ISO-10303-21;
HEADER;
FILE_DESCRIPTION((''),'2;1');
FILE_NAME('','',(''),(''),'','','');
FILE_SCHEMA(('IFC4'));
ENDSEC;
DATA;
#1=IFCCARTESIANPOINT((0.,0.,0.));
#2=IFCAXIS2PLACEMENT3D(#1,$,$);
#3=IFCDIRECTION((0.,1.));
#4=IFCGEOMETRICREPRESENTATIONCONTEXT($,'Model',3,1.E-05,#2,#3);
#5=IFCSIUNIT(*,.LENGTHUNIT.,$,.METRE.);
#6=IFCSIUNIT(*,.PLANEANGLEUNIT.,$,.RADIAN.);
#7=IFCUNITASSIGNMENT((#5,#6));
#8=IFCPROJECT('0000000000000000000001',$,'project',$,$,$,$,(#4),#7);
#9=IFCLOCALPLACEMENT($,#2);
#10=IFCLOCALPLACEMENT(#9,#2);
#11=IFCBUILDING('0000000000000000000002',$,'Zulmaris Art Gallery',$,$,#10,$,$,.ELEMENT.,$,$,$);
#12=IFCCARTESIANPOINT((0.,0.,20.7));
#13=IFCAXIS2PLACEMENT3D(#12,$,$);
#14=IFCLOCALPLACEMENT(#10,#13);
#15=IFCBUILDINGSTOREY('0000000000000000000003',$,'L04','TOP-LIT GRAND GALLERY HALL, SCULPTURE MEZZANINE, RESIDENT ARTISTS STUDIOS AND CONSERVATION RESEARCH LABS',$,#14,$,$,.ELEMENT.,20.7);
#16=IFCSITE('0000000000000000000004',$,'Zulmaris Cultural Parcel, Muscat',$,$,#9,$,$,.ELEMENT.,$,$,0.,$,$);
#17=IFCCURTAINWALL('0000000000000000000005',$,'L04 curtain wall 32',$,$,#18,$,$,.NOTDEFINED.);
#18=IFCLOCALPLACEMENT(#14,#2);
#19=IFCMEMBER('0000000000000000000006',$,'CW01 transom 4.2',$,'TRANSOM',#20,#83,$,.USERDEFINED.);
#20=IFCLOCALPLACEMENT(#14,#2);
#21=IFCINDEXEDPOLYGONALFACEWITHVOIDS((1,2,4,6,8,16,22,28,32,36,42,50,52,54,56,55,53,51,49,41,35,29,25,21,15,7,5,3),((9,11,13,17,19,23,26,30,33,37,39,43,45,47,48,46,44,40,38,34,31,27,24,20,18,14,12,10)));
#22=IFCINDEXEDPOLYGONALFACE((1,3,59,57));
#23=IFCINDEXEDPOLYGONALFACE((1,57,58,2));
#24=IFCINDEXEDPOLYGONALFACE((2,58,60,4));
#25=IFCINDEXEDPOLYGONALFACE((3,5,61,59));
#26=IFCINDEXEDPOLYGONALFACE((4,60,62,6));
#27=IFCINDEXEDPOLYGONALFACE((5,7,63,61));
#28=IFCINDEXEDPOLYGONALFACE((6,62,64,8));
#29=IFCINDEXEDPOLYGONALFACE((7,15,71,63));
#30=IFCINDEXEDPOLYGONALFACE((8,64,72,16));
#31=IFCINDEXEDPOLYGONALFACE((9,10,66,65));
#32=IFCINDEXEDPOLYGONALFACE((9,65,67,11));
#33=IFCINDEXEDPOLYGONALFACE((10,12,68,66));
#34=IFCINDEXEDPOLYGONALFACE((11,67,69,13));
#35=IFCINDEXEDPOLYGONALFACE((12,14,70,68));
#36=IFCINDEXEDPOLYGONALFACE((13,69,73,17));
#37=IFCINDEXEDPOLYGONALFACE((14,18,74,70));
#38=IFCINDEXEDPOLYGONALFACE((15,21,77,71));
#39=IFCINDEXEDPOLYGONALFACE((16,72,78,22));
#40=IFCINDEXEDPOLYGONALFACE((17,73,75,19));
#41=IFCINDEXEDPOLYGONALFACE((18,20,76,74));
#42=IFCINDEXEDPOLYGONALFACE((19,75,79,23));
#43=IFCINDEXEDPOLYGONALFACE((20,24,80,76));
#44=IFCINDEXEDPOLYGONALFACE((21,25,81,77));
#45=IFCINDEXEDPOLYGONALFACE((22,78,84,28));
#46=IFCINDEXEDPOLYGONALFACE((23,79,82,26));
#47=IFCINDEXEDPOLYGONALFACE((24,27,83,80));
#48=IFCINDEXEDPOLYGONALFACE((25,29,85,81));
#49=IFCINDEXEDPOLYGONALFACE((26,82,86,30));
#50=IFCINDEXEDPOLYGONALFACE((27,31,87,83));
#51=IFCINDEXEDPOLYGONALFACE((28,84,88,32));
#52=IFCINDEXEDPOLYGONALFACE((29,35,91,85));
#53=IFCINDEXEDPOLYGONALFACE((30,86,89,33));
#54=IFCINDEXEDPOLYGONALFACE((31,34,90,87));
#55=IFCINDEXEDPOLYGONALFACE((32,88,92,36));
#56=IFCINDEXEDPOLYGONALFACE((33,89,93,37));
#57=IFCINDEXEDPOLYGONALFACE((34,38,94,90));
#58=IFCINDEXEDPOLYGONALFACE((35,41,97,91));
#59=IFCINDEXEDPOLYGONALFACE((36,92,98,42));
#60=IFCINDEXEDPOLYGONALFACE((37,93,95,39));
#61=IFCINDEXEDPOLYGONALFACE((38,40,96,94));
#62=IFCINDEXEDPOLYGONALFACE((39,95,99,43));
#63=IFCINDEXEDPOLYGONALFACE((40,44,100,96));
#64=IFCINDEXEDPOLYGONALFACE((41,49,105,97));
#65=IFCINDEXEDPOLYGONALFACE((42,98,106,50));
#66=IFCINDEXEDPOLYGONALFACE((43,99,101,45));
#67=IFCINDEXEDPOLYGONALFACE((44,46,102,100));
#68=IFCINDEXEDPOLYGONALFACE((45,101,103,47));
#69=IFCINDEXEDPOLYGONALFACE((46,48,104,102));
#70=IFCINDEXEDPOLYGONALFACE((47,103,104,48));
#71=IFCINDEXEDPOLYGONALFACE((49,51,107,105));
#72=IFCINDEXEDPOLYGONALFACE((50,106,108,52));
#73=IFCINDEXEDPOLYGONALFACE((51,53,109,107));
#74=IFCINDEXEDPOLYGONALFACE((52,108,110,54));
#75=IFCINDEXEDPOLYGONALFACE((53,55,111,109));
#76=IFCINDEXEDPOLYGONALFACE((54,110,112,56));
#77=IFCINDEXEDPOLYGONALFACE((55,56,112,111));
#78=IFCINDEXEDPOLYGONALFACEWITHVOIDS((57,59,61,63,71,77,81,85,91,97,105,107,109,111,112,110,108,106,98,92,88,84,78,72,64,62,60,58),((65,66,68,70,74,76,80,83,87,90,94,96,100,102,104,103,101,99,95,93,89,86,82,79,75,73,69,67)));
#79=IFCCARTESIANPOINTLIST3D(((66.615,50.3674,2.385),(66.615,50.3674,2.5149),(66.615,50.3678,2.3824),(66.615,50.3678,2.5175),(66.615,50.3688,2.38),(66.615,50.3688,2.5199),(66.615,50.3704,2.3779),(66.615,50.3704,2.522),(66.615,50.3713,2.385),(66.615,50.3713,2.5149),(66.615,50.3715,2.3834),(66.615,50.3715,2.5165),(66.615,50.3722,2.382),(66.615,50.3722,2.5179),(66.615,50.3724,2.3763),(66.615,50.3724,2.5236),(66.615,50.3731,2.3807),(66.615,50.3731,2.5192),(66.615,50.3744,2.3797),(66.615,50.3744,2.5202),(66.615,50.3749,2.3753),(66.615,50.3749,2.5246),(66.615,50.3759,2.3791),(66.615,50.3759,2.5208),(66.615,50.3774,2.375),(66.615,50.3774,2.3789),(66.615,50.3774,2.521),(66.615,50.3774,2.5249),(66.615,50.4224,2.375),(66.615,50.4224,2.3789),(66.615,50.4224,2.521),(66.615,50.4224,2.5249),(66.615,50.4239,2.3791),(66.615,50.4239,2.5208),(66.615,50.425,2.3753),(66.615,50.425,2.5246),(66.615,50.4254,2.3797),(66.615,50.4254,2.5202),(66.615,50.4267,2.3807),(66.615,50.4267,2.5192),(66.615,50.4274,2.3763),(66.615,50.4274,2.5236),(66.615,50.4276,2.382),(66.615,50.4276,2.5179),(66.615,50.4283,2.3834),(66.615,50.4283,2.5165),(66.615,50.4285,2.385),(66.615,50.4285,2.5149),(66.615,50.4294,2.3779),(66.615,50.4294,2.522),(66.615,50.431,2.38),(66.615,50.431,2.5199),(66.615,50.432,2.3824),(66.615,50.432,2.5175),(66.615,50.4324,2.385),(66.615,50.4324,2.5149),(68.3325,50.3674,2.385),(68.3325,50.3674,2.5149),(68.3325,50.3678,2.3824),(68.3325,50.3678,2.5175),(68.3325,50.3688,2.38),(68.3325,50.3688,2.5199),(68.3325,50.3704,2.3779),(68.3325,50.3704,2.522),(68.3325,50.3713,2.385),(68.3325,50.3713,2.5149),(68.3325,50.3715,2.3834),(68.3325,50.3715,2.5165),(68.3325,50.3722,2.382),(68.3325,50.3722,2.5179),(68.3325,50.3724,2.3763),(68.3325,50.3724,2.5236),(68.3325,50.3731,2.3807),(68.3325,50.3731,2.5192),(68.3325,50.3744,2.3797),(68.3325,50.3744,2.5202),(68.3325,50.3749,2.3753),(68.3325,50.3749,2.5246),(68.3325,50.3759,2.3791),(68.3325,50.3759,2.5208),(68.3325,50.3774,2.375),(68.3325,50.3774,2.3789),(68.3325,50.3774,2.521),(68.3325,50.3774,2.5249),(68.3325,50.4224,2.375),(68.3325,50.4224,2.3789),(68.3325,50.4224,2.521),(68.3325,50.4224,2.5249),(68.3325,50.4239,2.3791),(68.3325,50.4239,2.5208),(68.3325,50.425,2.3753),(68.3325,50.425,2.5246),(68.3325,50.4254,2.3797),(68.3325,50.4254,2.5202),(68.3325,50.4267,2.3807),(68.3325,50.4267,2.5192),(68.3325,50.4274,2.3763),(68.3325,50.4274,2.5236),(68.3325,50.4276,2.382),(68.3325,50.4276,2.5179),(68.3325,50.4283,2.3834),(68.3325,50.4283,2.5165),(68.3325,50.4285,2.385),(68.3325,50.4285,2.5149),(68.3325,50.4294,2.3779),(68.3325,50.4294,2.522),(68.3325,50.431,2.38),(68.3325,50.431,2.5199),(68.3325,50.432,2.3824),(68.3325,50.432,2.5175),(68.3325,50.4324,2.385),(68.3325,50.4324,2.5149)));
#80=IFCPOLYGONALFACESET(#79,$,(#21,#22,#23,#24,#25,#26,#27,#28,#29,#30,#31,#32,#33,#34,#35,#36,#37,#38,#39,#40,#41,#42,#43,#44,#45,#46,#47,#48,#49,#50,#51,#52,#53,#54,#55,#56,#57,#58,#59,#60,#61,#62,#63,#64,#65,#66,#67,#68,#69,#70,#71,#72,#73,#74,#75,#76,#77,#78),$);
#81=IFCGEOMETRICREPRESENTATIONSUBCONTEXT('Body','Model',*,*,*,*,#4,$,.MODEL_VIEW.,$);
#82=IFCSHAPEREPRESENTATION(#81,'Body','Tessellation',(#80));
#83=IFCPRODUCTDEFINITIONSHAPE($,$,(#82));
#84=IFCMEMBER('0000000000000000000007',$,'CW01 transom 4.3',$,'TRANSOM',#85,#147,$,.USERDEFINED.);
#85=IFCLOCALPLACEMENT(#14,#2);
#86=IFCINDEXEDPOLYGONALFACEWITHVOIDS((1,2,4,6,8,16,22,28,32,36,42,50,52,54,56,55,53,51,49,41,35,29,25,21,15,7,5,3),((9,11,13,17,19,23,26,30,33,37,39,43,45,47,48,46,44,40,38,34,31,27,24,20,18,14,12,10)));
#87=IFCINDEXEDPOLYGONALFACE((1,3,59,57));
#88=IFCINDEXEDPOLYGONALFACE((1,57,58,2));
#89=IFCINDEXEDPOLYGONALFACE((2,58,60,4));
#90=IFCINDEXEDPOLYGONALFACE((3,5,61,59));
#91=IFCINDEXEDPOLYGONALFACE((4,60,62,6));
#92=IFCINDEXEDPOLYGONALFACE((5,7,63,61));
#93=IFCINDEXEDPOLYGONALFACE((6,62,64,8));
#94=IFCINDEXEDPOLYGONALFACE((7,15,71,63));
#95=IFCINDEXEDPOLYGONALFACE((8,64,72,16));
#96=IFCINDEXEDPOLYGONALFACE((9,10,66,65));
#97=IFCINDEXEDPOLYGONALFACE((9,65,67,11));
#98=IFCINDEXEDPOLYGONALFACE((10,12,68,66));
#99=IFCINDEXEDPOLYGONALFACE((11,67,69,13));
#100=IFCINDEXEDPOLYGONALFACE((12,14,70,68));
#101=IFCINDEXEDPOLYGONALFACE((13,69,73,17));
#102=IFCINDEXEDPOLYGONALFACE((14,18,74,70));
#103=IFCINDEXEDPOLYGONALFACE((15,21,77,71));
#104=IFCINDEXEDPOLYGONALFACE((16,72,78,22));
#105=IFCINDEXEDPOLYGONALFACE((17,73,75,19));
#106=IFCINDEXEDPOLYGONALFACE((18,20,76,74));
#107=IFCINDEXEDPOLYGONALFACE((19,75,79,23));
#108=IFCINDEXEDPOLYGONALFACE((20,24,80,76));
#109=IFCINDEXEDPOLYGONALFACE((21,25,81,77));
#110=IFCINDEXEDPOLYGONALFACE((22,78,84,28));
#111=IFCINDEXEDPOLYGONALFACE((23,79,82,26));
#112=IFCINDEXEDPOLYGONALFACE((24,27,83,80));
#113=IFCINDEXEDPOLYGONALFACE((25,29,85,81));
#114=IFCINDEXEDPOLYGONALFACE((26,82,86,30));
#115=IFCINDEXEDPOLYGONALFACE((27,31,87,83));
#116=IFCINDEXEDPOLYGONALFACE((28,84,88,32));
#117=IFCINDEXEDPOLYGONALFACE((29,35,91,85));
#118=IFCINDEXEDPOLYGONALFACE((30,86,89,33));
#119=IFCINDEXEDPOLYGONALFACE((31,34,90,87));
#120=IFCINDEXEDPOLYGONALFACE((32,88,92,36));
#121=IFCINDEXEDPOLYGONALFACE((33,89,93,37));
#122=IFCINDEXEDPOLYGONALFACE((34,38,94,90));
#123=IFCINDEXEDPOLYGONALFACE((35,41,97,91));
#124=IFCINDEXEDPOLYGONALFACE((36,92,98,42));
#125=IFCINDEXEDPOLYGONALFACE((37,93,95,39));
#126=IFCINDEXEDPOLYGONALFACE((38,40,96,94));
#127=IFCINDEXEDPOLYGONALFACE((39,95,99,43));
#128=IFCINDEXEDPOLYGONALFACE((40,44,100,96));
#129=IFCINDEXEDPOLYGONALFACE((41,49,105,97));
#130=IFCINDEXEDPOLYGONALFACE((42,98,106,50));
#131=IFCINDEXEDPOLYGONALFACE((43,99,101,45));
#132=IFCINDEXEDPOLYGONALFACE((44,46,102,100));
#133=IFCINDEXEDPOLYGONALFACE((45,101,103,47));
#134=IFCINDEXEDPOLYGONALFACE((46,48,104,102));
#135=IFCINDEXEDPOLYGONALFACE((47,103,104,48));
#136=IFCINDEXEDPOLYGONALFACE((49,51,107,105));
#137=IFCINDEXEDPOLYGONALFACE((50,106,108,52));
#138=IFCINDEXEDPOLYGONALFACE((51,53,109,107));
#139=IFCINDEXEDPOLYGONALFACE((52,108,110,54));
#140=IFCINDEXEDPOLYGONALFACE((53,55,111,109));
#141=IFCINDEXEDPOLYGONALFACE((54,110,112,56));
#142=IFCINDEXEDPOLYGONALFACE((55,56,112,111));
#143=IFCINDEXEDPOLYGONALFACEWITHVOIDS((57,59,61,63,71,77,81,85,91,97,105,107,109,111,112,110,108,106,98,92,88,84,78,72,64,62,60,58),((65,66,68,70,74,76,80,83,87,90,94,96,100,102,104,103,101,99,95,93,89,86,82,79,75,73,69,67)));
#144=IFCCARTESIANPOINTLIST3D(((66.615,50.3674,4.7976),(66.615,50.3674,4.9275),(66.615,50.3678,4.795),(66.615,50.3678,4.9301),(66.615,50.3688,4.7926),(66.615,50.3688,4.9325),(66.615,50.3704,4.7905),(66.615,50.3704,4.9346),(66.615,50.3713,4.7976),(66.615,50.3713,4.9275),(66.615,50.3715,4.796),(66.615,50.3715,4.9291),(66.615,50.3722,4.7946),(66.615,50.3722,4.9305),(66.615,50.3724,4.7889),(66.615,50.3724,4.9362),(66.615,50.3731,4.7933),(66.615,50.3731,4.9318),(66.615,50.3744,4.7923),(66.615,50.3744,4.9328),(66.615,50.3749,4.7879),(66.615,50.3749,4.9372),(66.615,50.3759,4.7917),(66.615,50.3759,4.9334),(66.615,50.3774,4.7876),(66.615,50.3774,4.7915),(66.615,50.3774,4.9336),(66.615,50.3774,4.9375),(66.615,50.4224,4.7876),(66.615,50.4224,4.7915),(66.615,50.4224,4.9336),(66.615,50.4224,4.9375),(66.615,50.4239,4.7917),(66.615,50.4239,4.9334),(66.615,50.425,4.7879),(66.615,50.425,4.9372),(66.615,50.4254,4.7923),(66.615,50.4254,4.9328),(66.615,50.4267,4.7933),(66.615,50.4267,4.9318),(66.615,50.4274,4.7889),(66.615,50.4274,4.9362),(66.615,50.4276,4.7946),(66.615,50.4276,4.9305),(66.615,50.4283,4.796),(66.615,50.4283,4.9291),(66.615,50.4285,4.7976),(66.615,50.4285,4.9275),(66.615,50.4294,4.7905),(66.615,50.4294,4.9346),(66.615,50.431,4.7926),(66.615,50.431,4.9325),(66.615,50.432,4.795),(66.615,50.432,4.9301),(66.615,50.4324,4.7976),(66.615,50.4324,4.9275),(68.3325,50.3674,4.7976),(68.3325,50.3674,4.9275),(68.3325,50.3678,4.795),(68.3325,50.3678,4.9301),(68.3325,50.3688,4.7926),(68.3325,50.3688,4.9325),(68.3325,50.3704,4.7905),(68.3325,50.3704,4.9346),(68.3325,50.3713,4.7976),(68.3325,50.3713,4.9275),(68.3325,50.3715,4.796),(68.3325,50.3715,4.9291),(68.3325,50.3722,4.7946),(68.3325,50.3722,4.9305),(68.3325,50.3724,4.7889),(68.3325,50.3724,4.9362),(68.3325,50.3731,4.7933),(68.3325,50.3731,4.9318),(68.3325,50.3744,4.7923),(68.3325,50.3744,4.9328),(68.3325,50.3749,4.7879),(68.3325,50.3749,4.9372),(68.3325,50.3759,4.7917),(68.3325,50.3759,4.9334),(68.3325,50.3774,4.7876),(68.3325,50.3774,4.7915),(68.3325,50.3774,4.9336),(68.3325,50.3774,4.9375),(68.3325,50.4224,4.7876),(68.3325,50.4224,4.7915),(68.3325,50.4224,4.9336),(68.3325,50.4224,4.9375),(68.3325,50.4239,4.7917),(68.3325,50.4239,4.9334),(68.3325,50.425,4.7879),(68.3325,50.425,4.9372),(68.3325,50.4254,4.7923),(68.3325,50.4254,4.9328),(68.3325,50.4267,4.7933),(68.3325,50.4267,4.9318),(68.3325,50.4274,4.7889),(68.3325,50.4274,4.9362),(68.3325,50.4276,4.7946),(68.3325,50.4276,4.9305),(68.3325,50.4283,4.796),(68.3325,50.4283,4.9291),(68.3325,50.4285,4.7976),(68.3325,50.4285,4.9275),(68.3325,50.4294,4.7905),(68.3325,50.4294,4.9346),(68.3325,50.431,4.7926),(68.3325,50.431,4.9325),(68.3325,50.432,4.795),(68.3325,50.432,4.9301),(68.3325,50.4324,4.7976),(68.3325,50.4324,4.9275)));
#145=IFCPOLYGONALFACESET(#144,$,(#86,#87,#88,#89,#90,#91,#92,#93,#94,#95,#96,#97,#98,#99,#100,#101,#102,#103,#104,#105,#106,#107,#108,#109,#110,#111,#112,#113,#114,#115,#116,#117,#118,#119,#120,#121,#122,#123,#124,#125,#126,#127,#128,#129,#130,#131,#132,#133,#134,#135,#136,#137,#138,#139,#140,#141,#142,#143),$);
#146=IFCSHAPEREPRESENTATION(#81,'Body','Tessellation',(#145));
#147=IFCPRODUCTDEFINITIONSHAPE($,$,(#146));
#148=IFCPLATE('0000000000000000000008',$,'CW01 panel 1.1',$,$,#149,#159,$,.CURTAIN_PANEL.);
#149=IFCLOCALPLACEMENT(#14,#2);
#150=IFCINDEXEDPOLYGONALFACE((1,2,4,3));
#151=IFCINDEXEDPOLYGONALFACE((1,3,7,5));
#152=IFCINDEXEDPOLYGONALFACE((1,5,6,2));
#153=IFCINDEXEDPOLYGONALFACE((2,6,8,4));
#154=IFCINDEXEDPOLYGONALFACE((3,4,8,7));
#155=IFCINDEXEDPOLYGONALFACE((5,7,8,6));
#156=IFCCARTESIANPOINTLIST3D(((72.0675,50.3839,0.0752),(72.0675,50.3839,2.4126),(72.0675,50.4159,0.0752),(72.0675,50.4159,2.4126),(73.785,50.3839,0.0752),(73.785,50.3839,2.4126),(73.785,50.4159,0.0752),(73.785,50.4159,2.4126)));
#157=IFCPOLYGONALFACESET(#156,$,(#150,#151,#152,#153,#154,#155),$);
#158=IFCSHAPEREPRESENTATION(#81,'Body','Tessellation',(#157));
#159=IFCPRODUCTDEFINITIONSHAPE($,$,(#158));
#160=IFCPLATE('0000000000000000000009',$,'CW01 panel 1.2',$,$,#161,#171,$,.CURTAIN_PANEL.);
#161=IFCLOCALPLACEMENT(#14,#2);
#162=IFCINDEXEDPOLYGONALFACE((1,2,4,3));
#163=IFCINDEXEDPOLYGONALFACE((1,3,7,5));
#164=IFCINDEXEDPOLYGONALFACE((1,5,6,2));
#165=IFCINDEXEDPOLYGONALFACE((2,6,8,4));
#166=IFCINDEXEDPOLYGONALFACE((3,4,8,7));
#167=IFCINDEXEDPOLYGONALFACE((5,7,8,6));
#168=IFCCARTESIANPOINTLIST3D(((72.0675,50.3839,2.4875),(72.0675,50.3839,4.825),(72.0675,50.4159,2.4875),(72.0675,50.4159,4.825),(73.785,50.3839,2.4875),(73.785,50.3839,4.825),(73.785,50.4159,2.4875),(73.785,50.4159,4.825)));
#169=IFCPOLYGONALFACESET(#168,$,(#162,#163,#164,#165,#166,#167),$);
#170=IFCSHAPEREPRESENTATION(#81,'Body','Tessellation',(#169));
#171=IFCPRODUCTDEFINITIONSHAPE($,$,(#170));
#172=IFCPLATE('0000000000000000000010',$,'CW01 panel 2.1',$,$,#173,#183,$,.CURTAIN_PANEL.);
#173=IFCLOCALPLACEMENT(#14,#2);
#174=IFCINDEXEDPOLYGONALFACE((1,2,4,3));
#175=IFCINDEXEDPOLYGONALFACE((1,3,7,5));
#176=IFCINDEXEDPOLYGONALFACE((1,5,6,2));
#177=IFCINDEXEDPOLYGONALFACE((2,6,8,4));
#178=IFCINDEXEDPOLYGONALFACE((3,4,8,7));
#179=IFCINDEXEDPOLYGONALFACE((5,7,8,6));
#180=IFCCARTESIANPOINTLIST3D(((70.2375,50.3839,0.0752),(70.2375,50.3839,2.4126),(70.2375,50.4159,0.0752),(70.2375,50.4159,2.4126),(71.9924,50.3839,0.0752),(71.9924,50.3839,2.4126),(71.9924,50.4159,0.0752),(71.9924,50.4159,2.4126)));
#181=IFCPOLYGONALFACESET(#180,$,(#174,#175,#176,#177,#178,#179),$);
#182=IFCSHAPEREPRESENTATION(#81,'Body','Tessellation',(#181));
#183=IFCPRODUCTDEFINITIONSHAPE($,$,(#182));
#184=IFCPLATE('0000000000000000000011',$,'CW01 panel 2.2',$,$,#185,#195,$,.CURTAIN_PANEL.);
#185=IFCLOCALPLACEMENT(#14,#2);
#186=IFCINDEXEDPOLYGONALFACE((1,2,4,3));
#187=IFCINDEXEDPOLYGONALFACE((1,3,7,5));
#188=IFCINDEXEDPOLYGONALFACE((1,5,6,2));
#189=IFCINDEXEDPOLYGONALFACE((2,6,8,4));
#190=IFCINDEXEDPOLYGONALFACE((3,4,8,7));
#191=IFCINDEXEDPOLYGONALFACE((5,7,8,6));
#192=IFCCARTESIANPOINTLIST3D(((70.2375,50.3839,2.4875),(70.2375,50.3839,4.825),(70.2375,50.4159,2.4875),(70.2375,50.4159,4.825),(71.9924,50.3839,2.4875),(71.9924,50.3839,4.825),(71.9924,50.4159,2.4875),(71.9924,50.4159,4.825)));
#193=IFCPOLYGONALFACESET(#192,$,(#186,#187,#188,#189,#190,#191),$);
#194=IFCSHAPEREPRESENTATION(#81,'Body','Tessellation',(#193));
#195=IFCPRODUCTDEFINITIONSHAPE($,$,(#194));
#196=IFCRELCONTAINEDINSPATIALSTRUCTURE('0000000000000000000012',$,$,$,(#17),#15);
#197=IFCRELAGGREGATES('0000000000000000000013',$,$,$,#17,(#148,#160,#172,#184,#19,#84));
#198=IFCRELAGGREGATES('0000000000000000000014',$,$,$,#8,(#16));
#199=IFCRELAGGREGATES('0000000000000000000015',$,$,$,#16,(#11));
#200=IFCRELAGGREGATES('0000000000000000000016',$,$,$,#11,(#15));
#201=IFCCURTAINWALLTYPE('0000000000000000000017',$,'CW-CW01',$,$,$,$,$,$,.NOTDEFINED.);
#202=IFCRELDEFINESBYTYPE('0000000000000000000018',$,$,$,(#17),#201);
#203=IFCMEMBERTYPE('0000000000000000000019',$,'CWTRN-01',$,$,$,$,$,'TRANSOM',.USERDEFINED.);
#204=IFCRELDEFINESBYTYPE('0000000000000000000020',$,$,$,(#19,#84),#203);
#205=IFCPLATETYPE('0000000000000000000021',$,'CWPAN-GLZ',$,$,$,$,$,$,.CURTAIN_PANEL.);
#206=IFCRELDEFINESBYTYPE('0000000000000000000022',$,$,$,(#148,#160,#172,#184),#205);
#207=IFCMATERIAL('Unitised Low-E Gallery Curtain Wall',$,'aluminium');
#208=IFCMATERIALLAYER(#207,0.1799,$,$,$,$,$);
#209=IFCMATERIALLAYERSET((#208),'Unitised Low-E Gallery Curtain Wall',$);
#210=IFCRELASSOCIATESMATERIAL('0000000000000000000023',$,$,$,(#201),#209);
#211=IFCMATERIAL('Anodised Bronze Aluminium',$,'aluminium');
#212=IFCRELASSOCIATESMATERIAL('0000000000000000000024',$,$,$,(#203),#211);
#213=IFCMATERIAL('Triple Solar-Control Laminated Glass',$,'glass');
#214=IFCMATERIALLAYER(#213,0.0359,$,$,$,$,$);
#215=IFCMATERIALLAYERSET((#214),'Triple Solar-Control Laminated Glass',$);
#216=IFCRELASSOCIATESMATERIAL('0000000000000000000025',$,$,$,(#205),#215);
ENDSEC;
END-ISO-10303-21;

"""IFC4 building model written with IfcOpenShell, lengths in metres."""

from ifc_helpers import new_model, si_unit, direction, frame, origin, origin_2d, place, context, subcontext, project, spatial, rectangle, hollow_rectangle, extrude, material, layer, layer_set, material_profile, profile_set, type_object, element, aggregate, save


model = new_model("IFC4")

# Units and contexts
model_context = context("Model", 3, precision=1e-05, world=origin(), true_north=direction((0.0, 1.0)))
body_context = subcontext(model_context, "Body", "Model", "MODEL_VIEW")
ifc_project = project(units=[si_unit("LENGTHUNIT", "METRE"), si_unit("PLANEANGLEUNIT", "RADIAN")], contexts=[model_context])

# Site, building, storey
site_placement = place(None, origin())
site = spatial("IfcSite", under=ifc_project, at=site_placement, Name="Zulmaris Cultural Parcel, Muscat", CompositionType="ELEMENT", RefElevation=0.0)
building_placement = place(site_placement, origin())
building = spatial("IfcBuilding", under=site, at=building_placement, Name="Zulmaris Art Gallery", CompositionType="ELEMENT")
storey_placement = place(building_placement, frame((0.0, 0.0, 20.7)))
storey = spatial("IfcBuildingStorey", under=building, at=storey_placement, Name="L04", Description="TOP-LIT GRAND GALLERY HALL, SCULPTURE MEZZANINE, RESIDENT ARTISTS STUDIOS AND CONSERVATION RESEARCH LABS", CompositionType="ELEMENT", Elevation=20.7)

# Curtain wall, members, plates
ifc_material_1 = material(Name="Unitised Low-E Gallery Curtain Wall", Category="aluminium")
ifc_layer_1 = layer(ifc_material_1, 0.1799)
ifc_layer_set_1 = layer_set([ifc_layer_1], Name="Unitised Low-E Gallery Curtain Wall")
curtain_wall_type = type_object("IfcCurtainWallType", Name="CW-CW01", PredefinedType="NOTDEFINED", material=ifc_layer_set_1)
curtain_wall_placement = place(storey_placement, origin())
curtain_wall = element("IfcCurtainWall", 1, at=curtain_wall_placement, inside=storey, type_object=curtain_wall_type, Name="L04 curtain wall 32", PredefinedType="NOTDEFINED")
ifc_material_2 = material(Name="Anodised Bronze Aluminium", Category="aluminium")
ifc_material_profile_1 = material_profile(ifc_material_2, hollow_rectangle(XDim=0.0649, YDim=0.1499, WallThickness=0.0039, InnerFilletRadius=0.0061, OuterFilletRadius=0.01, at=origin_2d()), Name="ALU 65x150x4")
ifc_profile_set_1 = profile_set([ifc_material_profile_1], Name="Anodised Bronze Aluminium")
member_type_1 = type_object("IfcMemberType", Name="CWTRN-01", ElementType="TRANSOM", PredefinedType="USERDEFINED", material=ifc_profile_set_1)
member_1_placement = place(storey_placement, frame((68.3325, 50.3999, 2.45), z_axis=(-1.0, 0.0, 0.0), x_axis=(0.0, -1.0, 0.0)))
member_1 = element("IfcMember", 2, at=member_1_placement, type_object=member_type_1, Name="CW01 transom 4.2", ObjectType="TRANSOM", PredefinedType="USERDEFINED", context=body_context, shape_type="SweptSolid", body=[
    extrude(hollow_rectangle(XDim=0.0649, YDim=0.1499, WallThickness=0.0039, InnerFilletRadius=0.0061, OuterFilletRadius=0.01, at=origin_2d()), origin(), (0.0, 0.0, 1.0), 1.7175),
])
member_2_placement = place(storey_placement, frame((68.3325, 50.3999, 4.8625), z_axis=(-1.0, 0.0, 0.0), x_axis=(0.0, -1.0, 0.0)))
member_2 = element("IfcMember", 3, at=member_2_placement, type_object=member_type_1, Name="CW01 transom 4.3", ObjectType="TRANSOM", PredefinedType="USERDEFINED", context=body_context, shape_type="SweptSolid", body=[
    extrude(hollow_rectangle(XDim=0.0649, YDim=0.1499, WallThickness=0.0039, InnerFilletRadius=0.0061, OuterFilletRadius=0.01, at=origin_2d()), origin(), (0.0, 0.0, 1.0), 1.7175),
])
ifc_material_3 = material(Name="Triple Solar-Control Laminated Glass", Category="glass")
ifc_layer_2 = layer(ifc_material_3, 0.0359)
ifc_layer_set_2 = layer_set([ifc_layer_2], Name="Triple Solar-Control Laminated Glass")
plate_type = type_object("IfcPlateType", Name="CWPAN-GLZ", PredefinedType="CURTAIN_PANEL", material=ifc_layer_set_2)
plate_1_placement = place(storey_placement, frame((72.9263, 50.3999, 0.0752), z_axis=(0.0, 0.0, 1.0), x_axis=(-1.0, 0.0, 0.0)))
plate_1 = element("IfcPlate", 4, at=plate_1_placement, type_object=plate_type, Name="CW01 panel 1.1", PredefinedType="CURTAIN_PANEL", context=body_context, shape_type="SweptSolid", body=[
    extrude(rectangle(XDim=1.7175, YDim=0.032, at=origin_2d()), origin(), (0.0, 0.0, 1.0), 2.3374),
])
plate_2_placement = place(storey_placement, frame((72.9263, 50.3999, 2.4875), z_axis=(0.0, 0.0, 1.0), x_axis=(-1.0, 0.0, 0.0)))
plate_2 = element("IfcPlate", 5, at=plate_2_placement, type_object=plate_type, Name="CW01 panel 1.2", PredefinedType="CURTAIN_PANEL", context=body_context, shape_type="SweptSolid", body=[
    extrude(rectangle(XDim=1.7175, YDim=0.032, at=origin_2d()), origin(), (0.0, 0.0, 1.0), 2.3374),
])
plate_3_placement = place(storey_placement, frame((71.115, 50.3999, 0.0752), z_axis=(0.0, 0.0, 1.0), x_axis=(-1.0, 0.0, 0.0)))
plate_3 = element("IfcPlate", 6, at=plate_3_placement, type_object=plate_type, Name="CW01 panel 2.1", PredefinedType="CURTAIN_PANEL", context=body_context, shape_type="SweptSolid", body=[
    extrude(rectangle(XDim=1.7549, YDim=0.032, at=origin_2d()), origin(), (0.0, 0.0, 1.0), 2.3374),
])
plate_4_placement = place(storey_placement, frame((71.115, 50.3999, 2.4875), z_axis=(0.0, 0.0, 1.0), x_axis=(-1.0, 0.0, 0.0)))
plate_4 = element("IfcPlate", 7, at=plate_4_placement, type_object=plate_type, Name="CW01 panel 2.2", PredefinedType="CURTAIN_PANEL", context=body_context, shape_type="SweptSolid", body=[
    extrude(rectangle(XDim=1.7549, YDim=0.032, at=origin_2d()), origin(), (0.0, 0.0, 1.0), 2.3374),
])
aggregate(curtain_wall, [plate_1, plate_2, plate_3, plate_4, member_1, member_2])

save(model, "model.ifc")
